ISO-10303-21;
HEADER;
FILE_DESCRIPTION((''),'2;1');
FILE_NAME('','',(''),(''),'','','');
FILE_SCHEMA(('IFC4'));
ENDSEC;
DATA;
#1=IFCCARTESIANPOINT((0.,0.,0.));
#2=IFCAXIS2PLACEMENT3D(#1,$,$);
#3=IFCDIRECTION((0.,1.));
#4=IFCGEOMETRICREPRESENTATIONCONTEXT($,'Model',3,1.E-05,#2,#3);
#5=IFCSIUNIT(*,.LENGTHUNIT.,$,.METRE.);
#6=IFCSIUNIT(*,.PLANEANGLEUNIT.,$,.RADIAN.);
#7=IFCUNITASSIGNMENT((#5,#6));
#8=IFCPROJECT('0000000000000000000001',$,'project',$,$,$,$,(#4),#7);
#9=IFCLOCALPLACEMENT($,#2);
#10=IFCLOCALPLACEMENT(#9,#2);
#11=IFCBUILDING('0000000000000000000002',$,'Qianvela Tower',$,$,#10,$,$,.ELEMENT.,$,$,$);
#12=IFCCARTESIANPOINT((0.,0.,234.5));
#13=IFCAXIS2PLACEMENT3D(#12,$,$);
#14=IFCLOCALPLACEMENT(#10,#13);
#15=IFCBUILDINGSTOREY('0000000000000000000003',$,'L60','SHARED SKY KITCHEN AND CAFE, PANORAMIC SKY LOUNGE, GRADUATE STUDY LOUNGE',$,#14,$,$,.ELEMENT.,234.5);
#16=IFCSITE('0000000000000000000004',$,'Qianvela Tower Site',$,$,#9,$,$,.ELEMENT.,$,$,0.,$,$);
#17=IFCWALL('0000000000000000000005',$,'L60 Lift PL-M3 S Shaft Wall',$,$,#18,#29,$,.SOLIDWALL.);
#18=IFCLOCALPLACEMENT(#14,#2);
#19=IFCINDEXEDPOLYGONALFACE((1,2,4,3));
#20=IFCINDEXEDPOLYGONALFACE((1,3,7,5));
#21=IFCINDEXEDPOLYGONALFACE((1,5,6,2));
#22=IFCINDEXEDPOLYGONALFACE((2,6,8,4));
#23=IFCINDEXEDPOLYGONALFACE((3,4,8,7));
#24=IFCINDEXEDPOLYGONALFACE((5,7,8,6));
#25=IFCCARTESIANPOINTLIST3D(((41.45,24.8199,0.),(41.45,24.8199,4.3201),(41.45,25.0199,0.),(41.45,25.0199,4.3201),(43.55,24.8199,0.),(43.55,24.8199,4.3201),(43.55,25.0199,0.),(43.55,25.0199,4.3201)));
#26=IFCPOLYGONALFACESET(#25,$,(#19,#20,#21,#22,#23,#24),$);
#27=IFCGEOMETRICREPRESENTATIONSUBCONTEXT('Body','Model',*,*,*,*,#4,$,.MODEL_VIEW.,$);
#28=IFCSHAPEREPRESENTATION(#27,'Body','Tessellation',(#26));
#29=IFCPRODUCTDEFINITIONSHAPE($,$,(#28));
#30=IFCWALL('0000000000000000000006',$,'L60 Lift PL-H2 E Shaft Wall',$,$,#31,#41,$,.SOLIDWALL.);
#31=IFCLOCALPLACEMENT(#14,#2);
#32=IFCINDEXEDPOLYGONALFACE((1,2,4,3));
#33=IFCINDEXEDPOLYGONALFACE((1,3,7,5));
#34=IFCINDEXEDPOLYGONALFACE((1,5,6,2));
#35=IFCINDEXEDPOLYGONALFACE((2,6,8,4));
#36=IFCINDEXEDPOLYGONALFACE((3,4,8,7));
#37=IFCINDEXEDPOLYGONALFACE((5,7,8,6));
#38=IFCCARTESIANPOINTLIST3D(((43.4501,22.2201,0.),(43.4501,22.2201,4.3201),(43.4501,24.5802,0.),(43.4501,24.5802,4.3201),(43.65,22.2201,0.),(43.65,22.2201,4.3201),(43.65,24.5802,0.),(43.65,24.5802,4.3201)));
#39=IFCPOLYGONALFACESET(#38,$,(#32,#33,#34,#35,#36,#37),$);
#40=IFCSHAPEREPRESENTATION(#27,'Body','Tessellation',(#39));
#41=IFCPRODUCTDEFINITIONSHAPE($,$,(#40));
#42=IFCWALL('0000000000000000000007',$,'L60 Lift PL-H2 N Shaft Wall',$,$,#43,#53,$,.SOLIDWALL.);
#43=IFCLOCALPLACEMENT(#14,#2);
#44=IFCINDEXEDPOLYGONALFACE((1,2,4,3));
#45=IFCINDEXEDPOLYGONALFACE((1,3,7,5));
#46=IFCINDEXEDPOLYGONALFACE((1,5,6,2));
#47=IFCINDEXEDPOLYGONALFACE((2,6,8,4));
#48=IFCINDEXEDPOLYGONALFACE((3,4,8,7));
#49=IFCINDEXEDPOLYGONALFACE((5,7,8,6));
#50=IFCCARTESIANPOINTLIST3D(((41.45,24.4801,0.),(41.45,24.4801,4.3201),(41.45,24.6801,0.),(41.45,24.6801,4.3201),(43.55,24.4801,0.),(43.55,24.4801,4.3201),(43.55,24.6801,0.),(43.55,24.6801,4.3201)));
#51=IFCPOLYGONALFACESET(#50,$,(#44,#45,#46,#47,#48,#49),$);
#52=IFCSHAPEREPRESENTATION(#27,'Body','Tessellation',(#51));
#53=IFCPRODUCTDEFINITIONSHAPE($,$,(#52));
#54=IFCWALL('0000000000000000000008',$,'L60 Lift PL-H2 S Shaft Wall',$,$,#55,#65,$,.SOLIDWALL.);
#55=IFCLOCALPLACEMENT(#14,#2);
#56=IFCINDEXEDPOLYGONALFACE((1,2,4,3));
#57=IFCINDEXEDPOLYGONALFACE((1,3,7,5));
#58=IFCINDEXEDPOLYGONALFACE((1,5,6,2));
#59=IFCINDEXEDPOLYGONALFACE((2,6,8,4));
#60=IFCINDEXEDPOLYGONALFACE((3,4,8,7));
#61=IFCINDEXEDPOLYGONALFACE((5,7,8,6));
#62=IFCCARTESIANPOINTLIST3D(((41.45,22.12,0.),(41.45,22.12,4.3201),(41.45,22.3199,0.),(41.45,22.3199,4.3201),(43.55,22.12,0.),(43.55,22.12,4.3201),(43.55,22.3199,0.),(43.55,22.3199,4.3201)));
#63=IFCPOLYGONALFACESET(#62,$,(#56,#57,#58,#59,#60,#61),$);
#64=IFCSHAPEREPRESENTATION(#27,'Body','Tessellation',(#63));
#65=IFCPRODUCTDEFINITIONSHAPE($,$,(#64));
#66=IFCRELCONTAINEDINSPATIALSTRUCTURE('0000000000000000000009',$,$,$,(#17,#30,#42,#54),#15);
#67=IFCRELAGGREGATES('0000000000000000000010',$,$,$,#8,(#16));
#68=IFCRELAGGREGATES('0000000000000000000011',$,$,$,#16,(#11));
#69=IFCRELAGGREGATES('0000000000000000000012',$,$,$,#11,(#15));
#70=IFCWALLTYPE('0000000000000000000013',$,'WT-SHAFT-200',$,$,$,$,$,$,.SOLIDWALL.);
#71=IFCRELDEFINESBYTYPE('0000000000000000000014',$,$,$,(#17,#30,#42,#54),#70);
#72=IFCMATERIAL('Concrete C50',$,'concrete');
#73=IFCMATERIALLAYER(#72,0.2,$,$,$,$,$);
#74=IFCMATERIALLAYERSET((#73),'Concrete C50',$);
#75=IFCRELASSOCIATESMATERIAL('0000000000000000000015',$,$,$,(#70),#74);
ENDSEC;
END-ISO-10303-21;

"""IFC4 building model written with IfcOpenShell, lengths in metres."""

from ifc_helpers import new_model, si_unit, direction, frame, frame_2d, origin, place, context, subcontext, project, spatial, rectangle, extrude, material, layer, layer_set, type_object, element, save


model = new_model("IFC4")

# Units and contexts
model_context = context("Model", 3, precision=1e-05, world=origin(), true_north=direction((0.0, 1.0)))
body_context = subcontext(model_context, "Body", "Model", "MODEL_VIEW")
ifc_project = project(units=[si_unit("LENGTHUNIT", "METRE"), si_unit("PLANEANGLEUNIT", "RADIAN")], contexts=[model_context])

# Site, building, storey
site_placement = place(None, origin())
site = spatial("IfcSite", under=ifc_project, at=site_placement, Name="Qianvela Tower Site", CompositionType="ELEMENT", RefElevation=0.0)
building_placement = place(site_placement, origin())
building = spatial("IfcBuilding", under=site, at=building_placement, Name="Qianvela Tower", CompositionType="ELEMENT")
storey_placement = place(building_placement, frame((0.0, 0.0, 234.5)))
storey = spatial("IfcBuildingStorey", under=building, at=storey_placement, Name="L60", Description="SHARED SKY KITCHEN AND CAFE, PANORAMIC SKY LOUNGE, GRADUATE STUDY LOUNGE", CompositionType="ELEMENT", Elevation=234.5)

# Shared definitions
ifc_material_1 = material(Name="Concrete C50", Category="concrete")
ifc_layer_1 = layer(ifc_material_1, 0.2)
ifc_layer_set_1 = layer_set([ifc_layer_1], Name="Concrete C50")
wall_type_1 = type_object("IfcWallType", Name="WT-SHAFT-200", PredefinedType="SOLIDWALL", material=ifc_layer_set_1)

# Walls
wall_1_placement = place(storey_placement, frame((41.45, 24.9199, 0.0), z_axis=(0.0, 0.0, 1.0), x_axis=(1.0, 0.0, 0.0)))
element("IfcWall", 1, at=wall_1_placement, inside=storey, type_object=wall_type_1, Name="L60 Lift PL-M3 S Shaft Wall", PredefinedType="SOLIDWALL", context=body_context, shape_type="SweptSolid", body=[
    extrude(rectangle(XDim=2.1001, YDim=0.2, at=frame_2d((1.05, 0.0))), origin(), (0.0, 0.0, 1.0), 4.3201),
])
wall_2_placement = place(storey_placement, frame((43.55, 22.22, 0.0), z_axis=(0.0, 0.0, 1.0), x_axis=(0.0, 1.0, 0.0)))
element("IfcWall", 2, at=wall_2_placement, inside=storey, type_object=wall_type_1, Name="L60 Lift PL-H2 E Shaft Wall", PredefinedType="SOLIDWALL", context=body_context, shape_type="SweptSolid", body=[
    extrude(rectangle(XDim=2.3601, YDim=0.2, at=frame_2d((1.1802, 0.0))), origin(), (0.0, 0.0, 1.0), 4.3201),
])

# Walls
for number, where, z_axis, x_axis, name in (
    (3, (41.45, 24.5801, 0.0), (0.0, 0.0, 1.0), (1.0, 0.0, 0.0), "L60 Lift PL-H2 N Shaft Wall"),
    (4, (41.45, 22.22, 0.0), (0.0, 0.0, 1.0), (1.0, 0.0, 0.0), "L60 Lift PL-H2 S Shaft Wall"),
):
    element("IfcWall", number, at=place(storey_placement, frame(where, z_axis=z_axis, x_axis=x_axis)), inside=storey, type_object=wall_type_1, Name=name, PredefinedType="SOLIDWALL", context=body_context, shape_type="SweptSolid", body=[
        extrude(rectangle(XDim=2.1001, YDim=0.2, at=frame_2d((1.05, 0.0))), origin(), (0.0, 0.0, 1.0), 4.3201),
    ])

save(model, "model.ifc")
